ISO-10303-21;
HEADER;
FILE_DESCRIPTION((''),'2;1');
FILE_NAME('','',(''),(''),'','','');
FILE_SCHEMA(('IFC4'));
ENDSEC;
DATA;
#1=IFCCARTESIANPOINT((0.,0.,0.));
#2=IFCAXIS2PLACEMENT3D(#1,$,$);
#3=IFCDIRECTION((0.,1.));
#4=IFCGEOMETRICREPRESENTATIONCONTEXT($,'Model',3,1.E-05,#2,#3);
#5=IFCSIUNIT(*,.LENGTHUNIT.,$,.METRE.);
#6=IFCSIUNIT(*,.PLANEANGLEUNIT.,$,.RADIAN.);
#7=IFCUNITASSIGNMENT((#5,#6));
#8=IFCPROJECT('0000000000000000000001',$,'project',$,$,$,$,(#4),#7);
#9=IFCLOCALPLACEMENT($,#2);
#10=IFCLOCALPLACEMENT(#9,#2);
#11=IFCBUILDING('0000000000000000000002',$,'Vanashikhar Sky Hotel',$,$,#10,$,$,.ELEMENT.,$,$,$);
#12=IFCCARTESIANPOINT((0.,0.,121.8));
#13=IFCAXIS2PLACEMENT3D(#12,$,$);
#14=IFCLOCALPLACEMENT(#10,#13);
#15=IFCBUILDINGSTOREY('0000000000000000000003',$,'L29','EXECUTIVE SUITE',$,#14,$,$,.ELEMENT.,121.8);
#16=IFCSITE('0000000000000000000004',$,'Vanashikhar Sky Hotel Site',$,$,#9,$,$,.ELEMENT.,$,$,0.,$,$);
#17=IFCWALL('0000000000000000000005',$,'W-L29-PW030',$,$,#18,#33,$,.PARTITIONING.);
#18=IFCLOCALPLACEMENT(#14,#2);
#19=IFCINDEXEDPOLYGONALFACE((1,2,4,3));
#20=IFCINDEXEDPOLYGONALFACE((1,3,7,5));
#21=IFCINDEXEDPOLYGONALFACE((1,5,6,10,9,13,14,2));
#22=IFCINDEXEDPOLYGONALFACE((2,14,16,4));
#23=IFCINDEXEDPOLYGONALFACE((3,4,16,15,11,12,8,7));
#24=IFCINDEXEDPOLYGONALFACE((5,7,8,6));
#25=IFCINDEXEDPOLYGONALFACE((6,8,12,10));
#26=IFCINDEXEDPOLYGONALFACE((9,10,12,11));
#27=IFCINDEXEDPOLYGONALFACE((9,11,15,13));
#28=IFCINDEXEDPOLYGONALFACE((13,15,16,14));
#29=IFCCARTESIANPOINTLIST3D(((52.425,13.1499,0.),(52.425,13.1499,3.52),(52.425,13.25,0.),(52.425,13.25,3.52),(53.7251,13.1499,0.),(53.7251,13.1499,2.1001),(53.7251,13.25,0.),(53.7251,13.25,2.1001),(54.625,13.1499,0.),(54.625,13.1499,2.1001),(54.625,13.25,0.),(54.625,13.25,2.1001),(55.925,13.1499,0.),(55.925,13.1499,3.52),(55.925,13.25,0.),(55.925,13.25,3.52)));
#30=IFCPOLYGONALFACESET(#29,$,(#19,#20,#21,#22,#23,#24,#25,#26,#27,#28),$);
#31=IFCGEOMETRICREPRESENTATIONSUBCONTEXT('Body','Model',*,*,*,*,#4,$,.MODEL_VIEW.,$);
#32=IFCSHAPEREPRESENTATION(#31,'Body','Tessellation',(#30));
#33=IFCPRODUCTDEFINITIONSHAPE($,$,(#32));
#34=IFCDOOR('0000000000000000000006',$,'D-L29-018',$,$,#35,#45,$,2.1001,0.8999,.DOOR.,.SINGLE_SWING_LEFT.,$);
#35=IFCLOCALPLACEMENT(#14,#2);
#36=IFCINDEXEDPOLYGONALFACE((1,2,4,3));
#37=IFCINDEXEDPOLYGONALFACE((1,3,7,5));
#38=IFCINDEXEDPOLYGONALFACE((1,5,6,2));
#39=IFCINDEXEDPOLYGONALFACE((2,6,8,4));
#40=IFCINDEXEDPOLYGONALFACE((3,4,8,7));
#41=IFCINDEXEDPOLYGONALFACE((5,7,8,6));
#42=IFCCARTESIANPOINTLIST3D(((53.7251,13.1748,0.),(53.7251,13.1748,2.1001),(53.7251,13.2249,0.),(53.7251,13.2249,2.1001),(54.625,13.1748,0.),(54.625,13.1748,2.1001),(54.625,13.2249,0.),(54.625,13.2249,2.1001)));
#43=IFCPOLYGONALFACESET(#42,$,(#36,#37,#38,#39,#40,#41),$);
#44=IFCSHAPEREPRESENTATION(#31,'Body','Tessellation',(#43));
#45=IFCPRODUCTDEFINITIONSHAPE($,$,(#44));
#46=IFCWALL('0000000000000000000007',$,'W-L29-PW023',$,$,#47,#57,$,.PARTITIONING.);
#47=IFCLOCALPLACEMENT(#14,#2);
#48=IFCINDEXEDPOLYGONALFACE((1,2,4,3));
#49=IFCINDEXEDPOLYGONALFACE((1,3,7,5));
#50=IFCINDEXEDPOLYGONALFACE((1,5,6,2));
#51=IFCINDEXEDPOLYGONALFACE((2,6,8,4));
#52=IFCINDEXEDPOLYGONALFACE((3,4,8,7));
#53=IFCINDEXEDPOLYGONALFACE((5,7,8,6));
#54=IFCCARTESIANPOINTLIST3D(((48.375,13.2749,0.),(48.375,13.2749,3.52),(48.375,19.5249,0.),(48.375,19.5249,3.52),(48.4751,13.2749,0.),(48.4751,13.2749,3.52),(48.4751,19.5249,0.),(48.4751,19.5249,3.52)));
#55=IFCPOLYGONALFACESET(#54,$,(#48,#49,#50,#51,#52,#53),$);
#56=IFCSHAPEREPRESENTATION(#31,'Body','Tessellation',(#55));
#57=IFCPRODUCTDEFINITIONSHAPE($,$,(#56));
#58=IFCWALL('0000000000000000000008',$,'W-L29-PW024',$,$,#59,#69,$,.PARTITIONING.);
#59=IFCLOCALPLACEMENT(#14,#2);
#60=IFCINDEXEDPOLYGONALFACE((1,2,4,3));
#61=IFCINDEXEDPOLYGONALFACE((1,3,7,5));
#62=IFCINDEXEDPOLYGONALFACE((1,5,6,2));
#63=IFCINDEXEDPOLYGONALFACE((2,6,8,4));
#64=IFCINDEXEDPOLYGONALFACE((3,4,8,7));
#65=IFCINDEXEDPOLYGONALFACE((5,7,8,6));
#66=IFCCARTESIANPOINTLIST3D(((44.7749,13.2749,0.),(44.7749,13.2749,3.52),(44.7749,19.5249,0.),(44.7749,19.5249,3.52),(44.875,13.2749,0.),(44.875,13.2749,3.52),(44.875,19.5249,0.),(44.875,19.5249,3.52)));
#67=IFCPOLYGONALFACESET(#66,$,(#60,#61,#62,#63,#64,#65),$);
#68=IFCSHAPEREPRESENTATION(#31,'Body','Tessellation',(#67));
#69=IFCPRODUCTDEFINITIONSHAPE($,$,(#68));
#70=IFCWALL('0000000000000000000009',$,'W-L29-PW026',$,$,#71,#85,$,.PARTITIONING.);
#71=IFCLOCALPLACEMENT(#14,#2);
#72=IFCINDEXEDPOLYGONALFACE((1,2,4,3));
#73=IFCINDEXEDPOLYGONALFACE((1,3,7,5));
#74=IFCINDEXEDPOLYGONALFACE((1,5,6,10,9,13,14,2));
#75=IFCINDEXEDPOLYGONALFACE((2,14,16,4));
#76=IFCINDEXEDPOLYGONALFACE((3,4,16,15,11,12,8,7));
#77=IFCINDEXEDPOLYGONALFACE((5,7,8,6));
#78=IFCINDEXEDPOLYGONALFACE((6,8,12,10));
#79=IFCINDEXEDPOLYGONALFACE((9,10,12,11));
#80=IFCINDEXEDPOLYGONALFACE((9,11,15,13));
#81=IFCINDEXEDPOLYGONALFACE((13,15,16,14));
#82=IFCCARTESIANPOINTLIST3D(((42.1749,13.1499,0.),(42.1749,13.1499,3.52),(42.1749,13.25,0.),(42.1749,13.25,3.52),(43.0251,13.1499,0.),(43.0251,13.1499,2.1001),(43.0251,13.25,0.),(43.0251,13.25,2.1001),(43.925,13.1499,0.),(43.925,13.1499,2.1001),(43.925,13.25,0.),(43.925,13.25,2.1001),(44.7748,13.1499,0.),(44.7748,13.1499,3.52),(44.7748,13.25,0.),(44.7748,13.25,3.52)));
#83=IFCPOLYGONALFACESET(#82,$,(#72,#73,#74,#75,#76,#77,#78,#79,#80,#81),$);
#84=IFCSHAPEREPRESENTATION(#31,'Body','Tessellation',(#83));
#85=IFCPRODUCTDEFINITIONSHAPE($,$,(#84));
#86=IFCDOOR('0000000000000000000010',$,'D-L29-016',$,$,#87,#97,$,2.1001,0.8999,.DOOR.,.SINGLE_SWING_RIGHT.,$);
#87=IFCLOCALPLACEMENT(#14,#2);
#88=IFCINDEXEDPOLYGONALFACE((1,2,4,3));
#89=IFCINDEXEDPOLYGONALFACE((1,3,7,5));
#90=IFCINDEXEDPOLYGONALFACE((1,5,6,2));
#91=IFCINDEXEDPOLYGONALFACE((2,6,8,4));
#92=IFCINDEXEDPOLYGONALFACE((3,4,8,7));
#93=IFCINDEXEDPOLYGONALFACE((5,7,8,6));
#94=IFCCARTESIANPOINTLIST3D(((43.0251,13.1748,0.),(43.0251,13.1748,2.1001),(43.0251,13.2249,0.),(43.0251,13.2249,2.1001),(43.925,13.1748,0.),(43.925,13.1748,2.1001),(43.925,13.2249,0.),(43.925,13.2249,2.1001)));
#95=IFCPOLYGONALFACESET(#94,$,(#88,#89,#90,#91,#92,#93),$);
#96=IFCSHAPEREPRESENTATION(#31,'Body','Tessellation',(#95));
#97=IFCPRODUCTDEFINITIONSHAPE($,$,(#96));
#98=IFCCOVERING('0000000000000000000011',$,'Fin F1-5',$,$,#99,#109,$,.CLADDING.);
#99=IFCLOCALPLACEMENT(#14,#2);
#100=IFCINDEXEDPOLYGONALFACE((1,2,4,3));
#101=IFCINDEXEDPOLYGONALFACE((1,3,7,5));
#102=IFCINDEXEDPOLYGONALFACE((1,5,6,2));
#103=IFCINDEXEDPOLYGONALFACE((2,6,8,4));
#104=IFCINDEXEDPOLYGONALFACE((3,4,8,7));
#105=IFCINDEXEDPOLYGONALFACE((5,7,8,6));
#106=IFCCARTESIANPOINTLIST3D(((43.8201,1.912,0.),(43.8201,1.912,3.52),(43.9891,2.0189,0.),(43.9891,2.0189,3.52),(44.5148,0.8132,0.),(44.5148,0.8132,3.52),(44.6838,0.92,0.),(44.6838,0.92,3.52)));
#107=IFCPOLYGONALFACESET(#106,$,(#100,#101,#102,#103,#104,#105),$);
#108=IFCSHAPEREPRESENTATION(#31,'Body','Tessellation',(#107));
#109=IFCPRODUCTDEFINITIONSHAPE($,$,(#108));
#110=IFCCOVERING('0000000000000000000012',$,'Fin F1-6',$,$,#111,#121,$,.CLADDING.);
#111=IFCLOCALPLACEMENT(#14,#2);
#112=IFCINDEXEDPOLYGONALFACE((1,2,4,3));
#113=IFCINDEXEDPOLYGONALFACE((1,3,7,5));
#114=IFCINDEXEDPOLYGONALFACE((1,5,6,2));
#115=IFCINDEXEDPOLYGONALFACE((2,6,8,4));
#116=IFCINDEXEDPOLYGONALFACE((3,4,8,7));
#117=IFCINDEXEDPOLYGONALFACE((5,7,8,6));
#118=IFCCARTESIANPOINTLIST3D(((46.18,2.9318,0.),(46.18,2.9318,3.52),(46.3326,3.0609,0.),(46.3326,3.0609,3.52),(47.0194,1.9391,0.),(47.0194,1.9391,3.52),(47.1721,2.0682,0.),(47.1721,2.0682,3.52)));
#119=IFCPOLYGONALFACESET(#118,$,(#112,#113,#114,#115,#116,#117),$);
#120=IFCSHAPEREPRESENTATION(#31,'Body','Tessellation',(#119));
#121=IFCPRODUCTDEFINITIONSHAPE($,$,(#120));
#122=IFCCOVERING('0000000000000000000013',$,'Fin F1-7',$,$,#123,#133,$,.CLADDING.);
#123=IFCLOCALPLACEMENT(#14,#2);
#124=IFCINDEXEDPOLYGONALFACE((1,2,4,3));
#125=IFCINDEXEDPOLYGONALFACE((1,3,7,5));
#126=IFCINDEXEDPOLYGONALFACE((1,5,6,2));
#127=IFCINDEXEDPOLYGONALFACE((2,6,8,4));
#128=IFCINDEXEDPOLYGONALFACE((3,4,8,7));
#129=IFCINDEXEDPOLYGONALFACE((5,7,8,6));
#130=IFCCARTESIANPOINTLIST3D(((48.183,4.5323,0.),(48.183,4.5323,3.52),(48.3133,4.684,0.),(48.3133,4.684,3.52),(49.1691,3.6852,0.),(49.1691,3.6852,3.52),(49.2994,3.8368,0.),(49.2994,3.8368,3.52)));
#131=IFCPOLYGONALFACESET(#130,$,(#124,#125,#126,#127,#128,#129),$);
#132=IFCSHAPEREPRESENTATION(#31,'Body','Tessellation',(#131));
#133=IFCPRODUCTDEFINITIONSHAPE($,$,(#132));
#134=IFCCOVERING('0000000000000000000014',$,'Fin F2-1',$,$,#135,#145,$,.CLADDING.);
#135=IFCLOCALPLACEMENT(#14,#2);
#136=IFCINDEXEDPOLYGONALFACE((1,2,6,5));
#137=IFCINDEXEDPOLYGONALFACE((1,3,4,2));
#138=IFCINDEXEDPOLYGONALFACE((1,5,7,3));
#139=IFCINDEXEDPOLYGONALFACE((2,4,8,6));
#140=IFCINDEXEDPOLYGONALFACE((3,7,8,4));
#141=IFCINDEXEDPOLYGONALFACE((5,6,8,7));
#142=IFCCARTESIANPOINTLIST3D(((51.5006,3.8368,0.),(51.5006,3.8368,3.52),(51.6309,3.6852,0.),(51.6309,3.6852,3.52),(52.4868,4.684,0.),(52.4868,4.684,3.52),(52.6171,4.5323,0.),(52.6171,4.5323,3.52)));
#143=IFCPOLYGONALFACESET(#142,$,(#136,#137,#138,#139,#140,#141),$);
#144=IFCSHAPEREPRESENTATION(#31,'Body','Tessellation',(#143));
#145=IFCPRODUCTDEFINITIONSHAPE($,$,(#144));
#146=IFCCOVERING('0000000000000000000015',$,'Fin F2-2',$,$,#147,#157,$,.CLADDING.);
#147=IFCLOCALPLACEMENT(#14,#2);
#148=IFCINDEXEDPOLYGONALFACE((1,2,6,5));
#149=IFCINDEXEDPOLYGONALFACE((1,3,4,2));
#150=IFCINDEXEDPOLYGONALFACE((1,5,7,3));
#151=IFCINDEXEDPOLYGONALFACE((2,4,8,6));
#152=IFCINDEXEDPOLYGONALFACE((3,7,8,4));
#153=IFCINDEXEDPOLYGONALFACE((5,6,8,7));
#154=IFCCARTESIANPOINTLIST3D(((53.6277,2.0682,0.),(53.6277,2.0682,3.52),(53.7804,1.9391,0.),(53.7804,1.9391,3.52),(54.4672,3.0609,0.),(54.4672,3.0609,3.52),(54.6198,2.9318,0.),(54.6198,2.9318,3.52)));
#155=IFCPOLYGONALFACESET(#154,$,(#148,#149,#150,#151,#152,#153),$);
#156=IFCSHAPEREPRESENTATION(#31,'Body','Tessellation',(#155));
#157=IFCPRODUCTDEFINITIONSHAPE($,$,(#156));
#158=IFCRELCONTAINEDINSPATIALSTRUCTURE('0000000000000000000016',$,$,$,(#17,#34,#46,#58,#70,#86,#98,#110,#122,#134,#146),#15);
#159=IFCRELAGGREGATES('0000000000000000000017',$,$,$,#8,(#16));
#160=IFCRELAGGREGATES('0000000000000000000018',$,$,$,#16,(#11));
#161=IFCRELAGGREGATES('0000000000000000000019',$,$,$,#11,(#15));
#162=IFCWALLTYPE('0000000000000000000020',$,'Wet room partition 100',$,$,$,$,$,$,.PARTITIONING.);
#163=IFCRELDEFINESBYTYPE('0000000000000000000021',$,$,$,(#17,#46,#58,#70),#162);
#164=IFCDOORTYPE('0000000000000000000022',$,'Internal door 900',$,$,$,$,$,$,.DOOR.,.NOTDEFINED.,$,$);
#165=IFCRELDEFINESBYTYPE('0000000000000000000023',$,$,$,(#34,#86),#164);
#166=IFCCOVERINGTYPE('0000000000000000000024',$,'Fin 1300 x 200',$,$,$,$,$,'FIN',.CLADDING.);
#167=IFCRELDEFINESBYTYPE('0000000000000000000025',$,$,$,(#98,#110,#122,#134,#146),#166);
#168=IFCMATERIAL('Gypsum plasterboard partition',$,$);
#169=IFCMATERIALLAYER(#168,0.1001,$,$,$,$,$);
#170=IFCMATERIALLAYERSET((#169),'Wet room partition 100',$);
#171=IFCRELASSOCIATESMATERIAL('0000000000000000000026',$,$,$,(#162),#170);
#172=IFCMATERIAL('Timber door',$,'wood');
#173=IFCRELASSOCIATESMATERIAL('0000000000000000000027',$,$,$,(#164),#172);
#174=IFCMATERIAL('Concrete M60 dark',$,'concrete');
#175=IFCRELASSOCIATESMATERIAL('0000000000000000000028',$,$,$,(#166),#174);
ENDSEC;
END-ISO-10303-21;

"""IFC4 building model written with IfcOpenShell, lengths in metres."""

from ifc_helpers import new_model, si_unit, direction, frame, frame_2d, origin, origin_2d, place, context, subcontext, project, spatial, rectangle, extrude, source, transform, mapped, material, layer, layer_set, material_profile, profile_set, type_object, element, fill, save


model = new_model("IFC4")

# Units and contexts
model_context = context("Model", 3, precision=1e-05, world=origin(), true_north=direction((0.0, 1.0)))
body_context = subcontext(model_context, "Body", "Model", "MODEL_VIEW")
ifc_project = project(units=[si_unit("LENGTHUNIT", "METRE"), si_unit("PLANEANGLEUNIT", "RADIAN")], contexts=[model_context])

# Site, building, storey
site_placement = place(None, origin())
site = spatial("IfcSite", under=ifc_project, at=site_placement, Name="Vanashikhar Sky Hotel Site", CompositionType="ELEMENT", RefElevation=0.0)
building_placement = place(site_placement, origin())
building = spatial("IfcBuilding", under=site, at=building_placement, Name="Vanashikhar Sky Hotel", CompositionType="ELEMENT")
storey_placement = place(building_placement, frame((0.0, 0.0, 121.8)))
storey = spatial("IfcBuildingStorey", under=building, at=storey_placement, Name="L29", Description="EXECUTIVE SUITE", CompositionType="ELEMENT", Elevation=121.8)

# Shared definitions
ifc_material_1 = material(Name="Gypsum plasterboard partition")

# Wall, opening, door
ifc_layer_1 = layer(ifc_material_1, 0.1001)
ifc_layer_set_1 = layer_set([ifc_layer_1], Name="Wet room partition 100")
wall_type_1 = type_object("IfcWallType", Name="Wet room partition 100", PredefinedType="PARTITIONING", material=ifc_layer_set_1)
shared_shape_1 = source(origin(), body_context, "Body", "SweptSolid", [
    extrude(rectangle(XDim=3.5, YDim=0.1001, at=frame_2d((1.75, 0.0))), origin(), (0.0, 0.0, 1.0), 3.52),
])
shared_shape_2 = source(origin(), body_context, "Body", "SweptSolid", [
    extrude(rectangle(XDim=0.8999, YDim=2.1001, at=frame_2d((0.45, 1.05))), frame((0.0, 0.0601, 0.0), z_axis=(0.0, -1.0, 0.0), x_axis=(1.0, 0.0, 0.0)), (0.0, 0.0, 1.0), 0.1201),
])
ifc_material_2 = material(Name="Timber door", Category="wood")
door_type = type_object("IfcDoorType", Name="Internal door 900", OperationType="NOTDEFINED", PredefinedType="DOOR", material=ifc_material_2)
shared_shape_3 = source(origin(), body_context, "Body", "SweptSolid", [
    extrude(rectangle(XDim=0.8999, YDim=2.1001, at=frame_2d((0.45, 1.05))), frame((0.0, 0.0249, 0.0), z_axis=(0.0, -1.0, 0.0), x_axis=(1.0, 0.0, 0.0)), (0.0, 0.0, 1.0), 0.05),
])
wall_1_placement = place(storey_placement, frame((52.425, 13.2, 0.0), z_axis=(0.0, 0.0, 1.0), x_axis=(1.0, 0.0, 0.0)))
wall_1 = element("IfcWall", 1, at=wall_1_placement, inside=storey, type_object=wall_type_1, Name="W-L29-PW030", PredefinedType="PARTITIONING", context=body_context, shape_type="MappedRepresentation", body=[
    mapped(shared_shape_1, transform((0.0, 0.0, 0.0), scale=1.0)),
])
opening_1_placement = place(wall_1_placement, frame((1.3, 0.0, 0.0)))
opening_1 = element("IfcOpeningElement", 2, at=opening_1_placement, cuts=wall_1, PredefinedType="OPENING", context=body_context, shape_type="MappedRepresentation", body=[
    mapped(shared_shape_2, transform((0.0, 0.0, 0.0), scale=1.0)),
])
door_1_placement = place(opening_1_placement, origin())
door_1 = element("IfcDoor", 3, at=door_1_placement, inside=storey, type_object=door_type, Name="D-L29-018", OperationType="SINGLE_SWING_LEFT", OverallHeight=2.1001, OverallWidth=0.8999, PredefinedType="DOOR", context=body_context, shape_type="MappedRepresentation", body=[
    mapped(shared_shape_3, transform((0.0, 0.0, 0.0), scale=1.0)),
])
fill(opening_1, door_1)

# Walls
shared_shape_4 = source(origin(), body_context, "Body", "SweptSolid", [
    extrude(rectangle(XDim=6.25, YDim=0.1001, at=frame_2d((3.125, 0.0))), origin(), (0.0, 0.0, 1.0), 3.52),
])
for number, where, z_axis, x_axis, name in (
    (4, (48.425, 13.2749, 0.0), (0.0, 0.0, 1.0), (0.0, 1.0, 0.0), "W-L29-PW023"),
    (5, (44.825, 13.2749, 0.0), (0.0, 0.0, 1.0), (0.0, 1.0, 0.0), "W-L29-PW024"),
):
    element("IfcWall", number, at=place(storey_placement, frame(where, z_axis=z_axis, x_axis=x_axis)), inside=storey, type_object=wall_type_1, Name=name, PredefinedType="PARTITIONING", context=body_context, shape_type="MappedRepresentation", body=[
        mapped(shared_shape_4, transform((0.0, 0.0, 0.0), scale=1.0)),
    ])

# Wall, opening, door
shared_shape_5 = source(origin(), body_context, "Body", "SweptSolid", [
    extrude(rectangle(XDim=2.5999, YDim=0.1001, at=frame_2d((1.2998, 0.0))), origin(), (0.0, 0.0, 1.0), 3.52),
])
wall_2_placement = place(storey_placement, frame((42.175, 13.2, 0.0), z_axis=(0.0, 0.0, 1.0), x_axis=(1.0, 0.0, 0.0)))
wall_2 = element("IfcWall", 6, at=wall_2_placement, inside=storey, type_object=wall_type_1, Name="W-L29-PW026", PredefinedType="PARTITIONING", context=body_context, shape_type="MappedRepresentation", body=[
    mapped(shared_shape_5, transform((0.0, 0.0, 0.0), scale=1.0)),
])
opening_2_placement = place(wall_2_placement, frame((0.8501, 0.0, 0.0)))
opening_2 = element("IfcOpeningElement", 7, at=opening_2_placement, cuts=wall_2, PredefinedType="OPENING", context=body_context, shape_type="MappedRepresentation", body=[
    mapped(shared_shape_2, transform((0.0, 0.0, 0.0), scale=1.0)),
])
door_2_placement = place(opening_2_placement, origin())
door_2 = element("IfcDoor", 8, at=door_2_placement, inside=storey, type_object=door_type, Name="D-L29-016", OperationType="SINGLE_SWING_RIGHT", OverallHeight=2.1001, OverallWidth=0.8999, PredefinedType="DOOR", context=body_context, shape_type="MappedRepresentation", body=[
    mapped(shared_shape_3, transform((0.0, 0.0, 0.0), scale=1.0)),
])
fill(opening_2, door_2)

# Coverings
ifc_material_3 = material(Name="Concrete M60 dark", Category="concrete")
ifc_material_profile = material_profile(ifc_material_3, rectangle(XDim=1.3, YDim=0.2, at=origin_2d()))
ifc_profile_set = profile_set([ifc_material_profile], Name="Fin 1300 x 200")
covering_type = type_object("IfcCoveringType", Name="Fin 1300 x 200", ElementType="FIN", PredefinedType="CLADDING", material=ifc_profile_set)
shared_shape_6 = source(origin(), body_context, "Body", "SweptSolid", [
    extrude(rectangle(XDim=1.3, YDim=0.2, at=origin_2d()), origin(), (0.0, 0.0, 1.0), 3.52),
])
for number, where, z_axis, x_axis, name in (
    (9, (44.252, 1.416, 0.0), (0.0, 0.0, 1.0), (0.534411, -0.845225, 0.0), "Fin F1-5"),
    (10, (46.676, 2.5, 0.0), (0.0, 0.0, 1.0), (0.645698, -0.763593, 0.0), "Fin F1-6"),
    (11, (48.7412, 4.1846, 0.0), (0.0, 0.0, 1.0), (0.758544, -0.651622, 0.0), "Fin F1-7"),
    (12, (52.0588, 4.1846, 0.0), (0.0, 0.0, 1.0), (-0.758544, -0.651622, 0.0), "Fin F2-1"),
    (13, (54.1238, 2.5, 0.0), (0.0, 0.0, 1.0), (-0.645698, -0.763593, 0.0), "Fin F2-2"),
):
    element("IfcCovering", number, at=place(storey_placement, frame(where, z_axis=z_axis, x_axis=x_axis)), inside=storey, type_object=covering_type, Name=name, PredefinedType="CLADDING", context=body_context, shape_type="MappedRepresentation", body=[
        mapped(shared_shape_6, transform((0.0, 0.0, 0.0), scale=1.0)),
    ])

save(model, "model.ifc")
